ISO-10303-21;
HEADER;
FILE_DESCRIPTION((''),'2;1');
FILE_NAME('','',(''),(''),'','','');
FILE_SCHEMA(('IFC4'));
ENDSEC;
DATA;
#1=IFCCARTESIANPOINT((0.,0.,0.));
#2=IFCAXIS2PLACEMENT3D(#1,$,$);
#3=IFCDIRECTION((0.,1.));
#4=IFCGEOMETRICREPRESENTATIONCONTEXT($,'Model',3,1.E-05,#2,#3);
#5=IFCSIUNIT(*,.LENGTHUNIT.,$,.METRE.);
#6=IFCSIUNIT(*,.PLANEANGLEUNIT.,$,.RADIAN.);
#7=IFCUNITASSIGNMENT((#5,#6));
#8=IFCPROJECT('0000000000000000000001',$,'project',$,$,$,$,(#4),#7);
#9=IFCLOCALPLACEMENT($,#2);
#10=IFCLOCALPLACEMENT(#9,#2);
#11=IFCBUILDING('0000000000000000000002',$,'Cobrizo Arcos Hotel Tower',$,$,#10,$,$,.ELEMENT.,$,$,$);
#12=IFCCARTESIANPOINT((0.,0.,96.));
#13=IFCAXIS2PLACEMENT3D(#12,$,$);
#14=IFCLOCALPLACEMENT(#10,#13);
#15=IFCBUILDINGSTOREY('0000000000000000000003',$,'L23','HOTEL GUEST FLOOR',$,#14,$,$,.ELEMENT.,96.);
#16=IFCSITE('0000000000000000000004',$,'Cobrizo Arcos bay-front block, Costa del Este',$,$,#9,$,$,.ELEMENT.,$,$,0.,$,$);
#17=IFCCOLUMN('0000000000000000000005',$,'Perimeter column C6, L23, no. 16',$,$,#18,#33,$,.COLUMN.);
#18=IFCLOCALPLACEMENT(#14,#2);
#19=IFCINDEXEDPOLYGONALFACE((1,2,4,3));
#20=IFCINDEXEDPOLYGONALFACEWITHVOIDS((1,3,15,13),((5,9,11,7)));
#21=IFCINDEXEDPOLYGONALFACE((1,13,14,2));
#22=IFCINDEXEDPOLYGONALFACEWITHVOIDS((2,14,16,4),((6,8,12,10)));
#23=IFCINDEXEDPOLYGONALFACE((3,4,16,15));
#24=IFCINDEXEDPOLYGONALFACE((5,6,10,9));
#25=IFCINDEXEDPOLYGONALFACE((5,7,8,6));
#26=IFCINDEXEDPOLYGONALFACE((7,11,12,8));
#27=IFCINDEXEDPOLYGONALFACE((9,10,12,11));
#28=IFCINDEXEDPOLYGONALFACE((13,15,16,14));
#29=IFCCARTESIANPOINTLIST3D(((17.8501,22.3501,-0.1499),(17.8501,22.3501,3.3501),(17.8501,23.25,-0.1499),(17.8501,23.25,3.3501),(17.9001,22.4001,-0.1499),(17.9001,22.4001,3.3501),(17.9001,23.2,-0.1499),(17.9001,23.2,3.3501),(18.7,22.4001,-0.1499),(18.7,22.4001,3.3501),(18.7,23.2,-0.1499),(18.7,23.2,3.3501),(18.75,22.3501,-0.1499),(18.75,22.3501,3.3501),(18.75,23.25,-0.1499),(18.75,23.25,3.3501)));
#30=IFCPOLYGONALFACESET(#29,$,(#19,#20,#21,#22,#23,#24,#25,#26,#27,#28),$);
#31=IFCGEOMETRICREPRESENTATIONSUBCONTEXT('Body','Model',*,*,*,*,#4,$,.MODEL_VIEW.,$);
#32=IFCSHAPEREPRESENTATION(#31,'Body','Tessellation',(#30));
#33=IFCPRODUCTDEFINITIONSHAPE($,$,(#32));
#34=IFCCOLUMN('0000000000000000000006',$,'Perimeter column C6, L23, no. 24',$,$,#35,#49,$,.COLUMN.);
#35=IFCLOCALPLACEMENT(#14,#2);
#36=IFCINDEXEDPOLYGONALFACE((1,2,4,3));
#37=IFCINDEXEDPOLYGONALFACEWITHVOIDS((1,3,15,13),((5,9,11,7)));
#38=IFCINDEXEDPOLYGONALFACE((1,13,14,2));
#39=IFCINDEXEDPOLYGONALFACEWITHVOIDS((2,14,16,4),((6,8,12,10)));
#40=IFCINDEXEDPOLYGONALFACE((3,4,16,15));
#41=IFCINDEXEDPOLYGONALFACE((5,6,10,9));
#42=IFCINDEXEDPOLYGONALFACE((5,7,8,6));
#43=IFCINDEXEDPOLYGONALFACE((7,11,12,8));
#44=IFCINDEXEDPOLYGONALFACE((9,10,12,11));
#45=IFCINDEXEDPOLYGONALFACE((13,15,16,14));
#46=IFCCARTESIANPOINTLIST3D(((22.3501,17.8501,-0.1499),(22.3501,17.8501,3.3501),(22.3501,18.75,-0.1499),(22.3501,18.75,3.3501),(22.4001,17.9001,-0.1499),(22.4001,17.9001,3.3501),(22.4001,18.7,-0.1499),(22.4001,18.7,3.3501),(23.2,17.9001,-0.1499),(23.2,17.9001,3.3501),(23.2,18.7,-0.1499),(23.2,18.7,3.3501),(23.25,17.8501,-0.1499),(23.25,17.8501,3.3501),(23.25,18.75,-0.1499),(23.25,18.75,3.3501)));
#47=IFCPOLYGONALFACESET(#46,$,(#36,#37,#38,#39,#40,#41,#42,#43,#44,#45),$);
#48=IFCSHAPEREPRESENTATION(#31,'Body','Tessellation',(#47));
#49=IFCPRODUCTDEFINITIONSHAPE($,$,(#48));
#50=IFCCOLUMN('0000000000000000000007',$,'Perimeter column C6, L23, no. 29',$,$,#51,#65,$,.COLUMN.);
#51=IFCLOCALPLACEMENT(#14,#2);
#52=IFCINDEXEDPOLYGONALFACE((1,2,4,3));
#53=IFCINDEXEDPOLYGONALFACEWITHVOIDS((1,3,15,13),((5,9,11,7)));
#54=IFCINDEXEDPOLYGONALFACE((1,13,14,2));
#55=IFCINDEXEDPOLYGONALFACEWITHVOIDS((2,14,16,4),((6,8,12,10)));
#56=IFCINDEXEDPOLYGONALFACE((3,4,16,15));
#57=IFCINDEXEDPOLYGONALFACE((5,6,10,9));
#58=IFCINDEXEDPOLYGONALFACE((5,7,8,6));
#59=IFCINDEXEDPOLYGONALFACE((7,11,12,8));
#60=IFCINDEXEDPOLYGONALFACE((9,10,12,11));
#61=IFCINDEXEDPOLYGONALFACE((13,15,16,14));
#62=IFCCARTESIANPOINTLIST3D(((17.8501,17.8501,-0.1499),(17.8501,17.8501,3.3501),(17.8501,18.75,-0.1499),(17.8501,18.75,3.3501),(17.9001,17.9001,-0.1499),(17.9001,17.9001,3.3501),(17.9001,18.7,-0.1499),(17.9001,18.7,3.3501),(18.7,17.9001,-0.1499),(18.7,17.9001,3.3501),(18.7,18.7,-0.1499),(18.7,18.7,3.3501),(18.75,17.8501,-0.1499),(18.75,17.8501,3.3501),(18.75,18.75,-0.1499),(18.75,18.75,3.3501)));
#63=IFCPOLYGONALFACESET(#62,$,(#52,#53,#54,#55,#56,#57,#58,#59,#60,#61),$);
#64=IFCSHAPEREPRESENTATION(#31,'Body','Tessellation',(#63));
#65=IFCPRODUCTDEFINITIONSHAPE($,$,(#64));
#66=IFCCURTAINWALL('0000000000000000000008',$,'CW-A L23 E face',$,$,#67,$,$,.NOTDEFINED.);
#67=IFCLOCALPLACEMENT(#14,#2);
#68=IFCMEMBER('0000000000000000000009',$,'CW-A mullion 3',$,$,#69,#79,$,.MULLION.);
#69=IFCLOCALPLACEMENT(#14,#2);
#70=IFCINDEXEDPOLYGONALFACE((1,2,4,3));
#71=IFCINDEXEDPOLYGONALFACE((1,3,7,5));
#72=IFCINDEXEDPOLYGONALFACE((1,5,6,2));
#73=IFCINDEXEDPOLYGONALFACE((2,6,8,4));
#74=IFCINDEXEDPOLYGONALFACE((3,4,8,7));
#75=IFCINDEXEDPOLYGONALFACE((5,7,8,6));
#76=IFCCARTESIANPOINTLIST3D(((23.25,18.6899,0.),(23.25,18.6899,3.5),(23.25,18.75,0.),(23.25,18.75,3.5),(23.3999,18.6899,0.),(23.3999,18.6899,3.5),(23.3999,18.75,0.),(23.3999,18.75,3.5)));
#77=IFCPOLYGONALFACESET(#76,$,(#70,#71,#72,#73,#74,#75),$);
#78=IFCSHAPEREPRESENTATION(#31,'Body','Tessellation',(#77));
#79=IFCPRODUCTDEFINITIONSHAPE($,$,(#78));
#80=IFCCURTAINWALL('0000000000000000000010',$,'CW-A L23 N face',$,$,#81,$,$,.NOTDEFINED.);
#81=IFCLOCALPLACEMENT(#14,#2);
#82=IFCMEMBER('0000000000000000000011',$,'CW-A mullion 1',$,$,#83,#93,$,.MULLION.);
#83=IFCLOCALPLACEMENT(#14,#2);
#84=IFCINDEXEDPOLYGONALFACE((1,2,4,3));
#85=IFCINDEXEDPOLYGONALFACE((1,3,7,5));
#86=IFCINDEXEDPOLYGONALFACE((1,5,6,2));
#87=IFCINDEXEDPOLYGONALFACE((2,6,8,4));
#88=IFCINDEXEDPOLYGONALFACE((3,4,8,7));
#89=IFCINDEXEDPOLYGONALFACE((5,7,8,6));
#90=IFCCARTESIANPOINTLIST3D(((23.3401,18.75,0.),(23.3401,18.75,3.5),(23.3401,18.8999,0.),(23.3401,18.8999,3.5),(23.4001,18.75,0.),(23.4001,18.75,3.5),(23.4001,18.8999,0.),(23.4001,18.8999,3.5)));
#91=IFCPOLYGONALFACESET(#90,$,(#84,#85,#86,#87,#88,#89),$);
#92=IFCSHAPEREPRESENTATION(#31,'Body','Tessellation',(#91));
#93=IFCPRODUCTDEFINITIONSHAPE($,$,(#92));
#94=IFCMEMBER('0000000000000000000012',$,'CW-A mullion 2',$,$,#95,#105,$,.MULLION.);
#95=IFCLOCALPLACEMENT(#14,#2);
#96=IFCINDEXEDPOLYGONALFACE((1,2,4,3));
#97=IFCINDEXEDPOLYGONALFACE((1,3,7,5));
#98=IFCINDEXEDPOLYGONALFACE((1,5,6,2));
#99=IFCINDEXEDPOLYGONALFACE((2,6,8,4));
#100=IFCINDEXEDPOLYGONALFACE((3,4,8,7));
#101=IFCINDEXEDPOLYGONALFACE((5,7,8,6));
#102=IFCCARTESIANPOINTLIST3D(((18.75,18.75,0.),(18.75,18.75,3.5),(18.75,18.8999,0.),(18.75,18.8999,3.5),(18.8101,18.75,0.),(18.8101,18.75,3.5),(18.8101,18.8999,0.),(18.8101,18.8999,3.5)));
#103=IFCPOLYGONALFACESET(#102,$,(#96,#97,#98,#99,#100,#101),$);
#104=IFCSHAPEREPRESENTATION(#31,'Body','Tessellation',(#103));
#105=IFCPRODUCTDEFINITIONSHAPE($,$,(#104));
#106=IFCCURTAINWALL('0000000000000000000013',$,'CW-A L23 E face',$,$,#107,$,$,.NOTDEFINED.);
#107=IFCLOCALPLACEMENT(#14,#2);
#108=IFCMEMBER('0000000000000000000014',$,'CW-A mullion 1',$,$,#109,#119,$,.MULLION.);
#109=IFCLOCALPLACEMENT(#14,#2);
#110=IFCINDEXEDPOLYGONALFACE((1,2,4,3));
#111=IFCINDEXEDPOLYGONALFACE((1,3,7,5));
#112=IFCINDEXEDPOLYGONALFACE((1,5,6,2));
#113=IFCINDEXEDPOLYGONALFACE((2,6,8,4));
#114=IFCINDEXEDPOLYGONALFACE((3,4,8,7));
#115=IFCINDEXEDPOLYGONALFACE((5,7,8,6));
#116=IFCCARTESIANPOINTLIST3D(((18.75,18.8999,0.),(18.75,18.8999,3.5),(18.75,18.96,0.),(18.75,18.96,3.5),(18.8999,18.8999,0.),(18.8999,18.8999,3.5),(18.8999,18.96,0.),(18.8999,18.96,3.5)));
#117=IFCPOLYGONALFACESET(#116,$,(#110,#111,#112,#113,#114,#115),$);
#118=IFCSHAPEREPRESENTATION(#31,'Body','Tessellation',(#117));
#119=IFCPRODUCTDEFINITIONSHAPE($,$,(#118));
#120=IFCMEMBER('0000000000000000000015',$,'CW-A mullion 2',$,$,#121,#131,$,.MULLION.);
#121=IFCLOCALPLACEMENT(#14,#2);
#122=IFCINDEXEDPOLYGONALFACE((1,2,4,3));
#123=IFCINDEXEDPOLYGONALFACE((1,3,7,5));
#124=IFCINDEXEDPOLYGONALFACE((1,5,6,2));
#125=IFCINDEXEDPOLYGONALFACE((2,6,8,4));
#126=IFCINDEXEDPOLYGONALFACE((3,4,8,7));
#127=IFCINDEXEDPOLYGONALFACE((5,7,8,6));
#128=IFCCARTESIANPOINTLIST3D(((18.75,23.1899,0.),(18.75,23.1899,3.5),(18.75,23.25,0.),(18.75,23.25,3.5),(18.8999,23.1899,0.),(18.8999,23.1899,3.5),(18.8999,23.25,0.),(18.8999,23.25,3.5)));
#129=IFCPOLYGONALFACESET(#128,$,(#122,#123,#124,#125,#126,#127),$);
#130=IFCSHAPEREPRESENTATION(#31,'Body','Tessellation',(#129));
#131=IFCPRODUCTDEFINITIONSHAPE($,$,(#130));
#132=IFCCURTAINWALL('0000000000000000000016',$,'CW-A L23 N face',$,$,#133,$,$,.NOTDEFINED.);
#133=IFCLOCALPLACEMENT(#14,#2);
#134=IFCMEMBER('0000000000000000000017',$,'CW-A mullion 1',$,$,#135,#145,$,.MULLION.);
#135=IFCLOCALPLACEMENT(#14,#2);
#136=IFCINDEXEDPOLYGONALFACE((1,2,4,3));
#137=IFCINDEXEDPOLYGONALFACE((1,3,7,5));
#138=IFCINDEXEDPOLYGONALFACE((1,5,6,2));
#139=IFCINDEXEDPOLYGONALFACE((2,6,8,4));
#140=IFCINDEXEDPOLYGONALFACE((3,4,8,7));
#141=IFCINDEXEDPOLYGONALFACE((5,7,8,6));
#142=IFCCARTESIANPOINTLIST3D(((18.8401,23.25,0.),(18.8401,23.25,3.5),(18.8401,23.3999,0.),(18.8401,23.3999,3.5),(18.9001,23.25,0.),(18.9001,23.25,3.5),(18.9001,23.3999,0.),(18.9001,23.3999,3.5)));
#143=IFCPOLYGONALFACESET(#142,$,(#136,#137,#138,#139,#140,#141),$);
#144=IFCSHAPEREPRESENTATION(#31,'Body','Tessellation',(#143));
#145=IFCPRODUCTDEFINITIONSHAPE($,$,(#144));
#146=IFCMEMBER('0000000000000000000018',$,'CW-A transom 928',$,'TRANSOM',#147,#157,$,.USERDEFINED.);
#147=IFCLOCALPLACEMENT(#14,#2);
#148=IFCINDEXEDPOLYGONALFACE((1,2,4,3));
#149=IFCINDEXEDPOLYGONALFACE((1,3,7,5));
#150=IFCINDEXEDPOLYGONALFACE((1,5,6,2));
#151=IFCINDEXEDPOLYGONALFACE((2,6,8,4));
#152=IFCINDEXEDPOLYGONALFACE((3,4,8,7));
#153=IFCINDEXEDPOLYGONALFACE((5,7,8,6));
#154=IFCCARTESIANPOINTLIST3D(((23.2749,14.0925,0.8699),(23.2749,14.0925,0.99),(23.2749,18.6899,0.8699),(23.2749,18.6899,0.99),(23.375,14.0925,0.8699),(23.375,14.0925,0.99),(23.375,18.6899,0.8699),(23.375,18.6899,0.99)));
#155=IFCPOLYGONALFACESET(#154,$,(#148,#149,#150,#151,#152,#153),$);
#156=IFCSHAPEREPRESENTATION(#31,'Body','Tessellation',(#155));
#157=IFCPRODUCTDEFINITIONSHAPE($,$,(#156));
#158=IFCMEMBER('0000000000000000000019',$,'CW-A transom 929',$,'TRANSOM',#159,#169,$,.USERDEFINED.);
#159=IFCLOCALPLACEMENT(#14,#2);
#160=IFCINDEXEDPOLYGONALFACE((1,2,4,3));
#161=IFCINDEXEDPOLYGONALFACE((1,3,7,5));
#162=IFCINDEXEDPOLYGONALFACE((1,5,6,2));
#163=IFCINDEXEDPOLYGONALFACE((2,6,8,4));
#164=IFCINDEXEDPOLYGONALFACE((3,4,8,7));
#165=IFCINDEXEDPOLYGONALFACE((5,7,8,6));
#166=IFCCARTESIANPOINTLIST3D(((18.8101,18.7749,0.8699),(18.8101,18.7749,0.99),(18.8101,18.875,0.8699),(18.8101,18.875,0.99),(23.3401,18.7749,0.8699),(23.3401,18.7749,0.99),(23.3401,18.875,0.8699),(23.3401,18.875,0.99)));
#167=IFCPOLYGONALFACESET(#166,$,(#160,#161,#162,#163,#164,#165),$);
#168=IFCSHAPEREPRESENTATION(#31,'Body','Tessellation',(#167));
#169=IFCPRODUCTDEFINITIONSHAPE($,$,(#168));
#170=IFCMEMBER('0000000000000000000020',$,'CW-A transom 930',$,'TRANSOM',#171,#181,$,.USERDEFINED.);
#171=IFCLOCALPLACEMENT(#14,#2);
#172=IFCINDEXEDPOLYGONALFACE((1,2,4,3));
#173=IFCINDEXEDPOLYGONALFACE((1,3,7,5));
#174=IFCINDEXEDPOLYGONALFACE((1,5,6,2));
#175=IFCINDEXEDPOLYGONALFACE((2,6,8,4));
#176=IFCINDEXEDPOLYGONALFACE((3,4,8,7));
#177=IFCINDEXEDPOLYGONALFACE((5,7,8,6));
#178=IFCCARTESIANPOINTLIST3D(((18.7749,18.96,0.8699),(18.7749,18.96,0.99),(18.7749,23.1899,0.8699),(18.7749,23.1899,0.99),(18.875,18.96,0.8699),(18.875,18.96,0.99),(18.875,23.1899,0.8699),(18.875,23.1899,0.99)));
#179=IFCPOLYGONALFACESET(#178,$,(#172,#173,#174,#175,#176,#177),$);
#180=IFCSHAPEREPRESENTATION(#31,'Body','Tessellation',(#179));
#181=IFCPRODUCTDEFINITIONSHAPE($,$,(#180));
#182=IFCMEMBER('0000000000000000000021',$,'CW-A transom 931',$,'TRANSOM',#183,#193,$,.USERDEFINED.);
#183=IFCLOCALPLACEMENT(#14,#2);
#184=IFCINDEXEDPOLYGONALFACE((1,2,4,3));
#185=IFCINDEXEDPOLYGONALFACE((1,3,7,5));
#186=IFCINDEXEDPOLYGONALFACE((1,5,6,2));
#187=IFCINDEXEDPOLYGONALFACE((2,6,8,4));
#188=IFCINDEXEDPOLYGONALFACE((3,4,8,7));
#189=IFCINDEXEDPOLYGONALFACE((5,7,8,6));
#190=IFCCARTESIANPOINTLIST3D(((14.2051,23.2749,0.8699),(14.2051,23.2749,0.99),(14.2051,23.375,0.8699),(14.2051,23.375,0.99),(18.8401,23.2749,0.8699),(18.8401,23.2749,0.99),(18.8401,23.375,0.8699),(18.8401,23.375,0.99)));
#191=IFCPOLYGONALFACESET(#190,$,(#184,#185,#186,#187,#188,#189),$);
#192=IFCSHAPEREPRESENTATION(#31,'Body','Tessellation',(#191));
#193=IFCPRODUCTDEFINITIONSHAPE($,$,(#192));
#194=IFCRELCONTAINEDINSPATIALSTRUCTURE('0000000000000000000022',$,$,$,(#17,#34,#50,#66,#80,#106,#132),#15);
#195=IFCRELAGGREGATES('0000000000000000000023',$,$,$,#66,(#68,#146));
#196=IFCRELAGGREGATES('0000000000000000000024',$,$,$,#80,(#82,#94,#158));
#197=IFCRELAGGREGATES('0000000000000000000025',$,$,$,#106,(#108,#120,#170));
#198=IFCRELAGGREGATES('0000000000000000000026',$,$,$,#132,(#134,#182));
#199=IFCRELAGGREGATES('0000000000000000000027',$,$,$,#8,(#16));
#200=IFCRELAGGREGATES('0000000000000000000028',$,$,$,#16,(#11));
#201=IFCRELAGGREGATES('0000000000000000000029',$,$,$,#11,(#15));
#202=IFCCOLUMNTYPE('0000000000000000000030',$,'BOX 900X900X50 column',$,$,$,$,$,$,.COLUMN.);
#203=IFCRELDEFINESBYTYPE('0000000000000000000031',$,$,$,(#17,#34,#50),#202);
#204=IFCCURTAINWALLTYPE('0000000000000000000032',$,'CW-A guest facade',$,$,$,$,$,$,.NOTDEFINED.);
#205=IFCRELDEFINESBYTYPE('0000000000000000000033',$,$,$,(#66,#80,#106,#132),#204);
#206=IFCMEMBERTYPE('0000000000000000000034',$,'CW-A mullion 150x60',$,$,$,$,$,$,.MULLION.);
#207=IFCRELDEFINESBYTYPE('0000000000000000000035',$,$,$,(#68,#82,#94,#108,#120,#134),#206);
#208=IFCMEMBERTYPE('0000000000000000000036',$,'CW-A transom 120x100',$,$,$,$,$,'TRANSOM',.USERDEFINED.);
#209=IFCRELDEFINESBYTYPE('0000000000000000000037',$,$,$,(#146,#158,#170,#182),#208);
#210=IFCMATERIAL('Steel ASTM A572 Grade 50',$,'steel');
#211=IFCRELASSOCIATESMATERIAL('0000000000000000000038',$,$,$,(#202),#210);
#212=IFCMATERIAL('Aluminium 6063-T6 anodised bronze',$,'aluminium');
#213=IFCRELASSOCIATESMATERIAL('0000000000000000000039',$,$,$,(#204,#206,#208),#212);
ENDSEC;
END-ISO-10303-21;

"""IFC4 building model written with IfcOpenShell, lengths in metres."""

from ifc_helpers import new_model, si_unit, direction, frame, origin, origin_2d, place, context, subcontext, project, spatial, rectangle, hollow_rectangle, extrude, material, material_profile, profile_set, type_object, element, aggregate, save


model = new_model("IFC4")

# Units and contexts
model_context = context("Model", 3, precision=1e-05, world=origin(), true_north=direction((0.0, 1.0)))
body_context = subcontext(model_context, "Body", "Model", "MODEL_VIEW")
ifc_project = project(units=[si_unit("LENGTHUNIT", "METRE"), si_unit("PLANEANGLEUNIT", "RADIAN")], contexts=[model_context])

# Site, building, storey
site_placement = place(None, origin())
site = spatial("IfcSite", under=ifc_project, at=site_placement, Name="Cobrizo Arcos bay-front block, Costa del Este", CompositionType="ELEMENT", RefElevation=0.0)
building_placement = place(site_placement, origin())
building = spatial("IfcBuilding", under=site, at=building_placement, Name="Cobrizo Arcos Hotel Tower", CompositionType="ELEMENT")
storey_placement = place(building_placement, frame((0.0, 0.0, 96.0)))
storey = spatial("IfcBuildingStorey", under=building, at=storey_placement, Name="L23", Description="HOTEL GUEST FLOOR", CompositionType="ELEMENT", Elevation=96.0)

# Columns
ifc_material_1 = material(Name="Steel ASTM A572 Grade 50", Category="steel")
ifc_material_profile_1 = material_profile(ifc_material_1, hollow_rectangle(XDim=0.8999, YDim=0.8999, WallThickness=0.05, at=origin_2d()), Name="BOX 900X900X50")
ifc_profile_set_1 = profile_set([ifc_material_profile_1], Name="Steel ASTM A572 Grade 50")
column_type = type_object("IfcColumnType", Name="BOX 900X900X50 column", PredefinedType="COLUMN", material=ifc_profile_set_1)
for number, where, z_axis, x_axis, name in (
    (1, (18.3, 22.8, -0.1499), (0.0, 0.0, 1.0), (1.0, 0.0, 0.0), "Perimeter column C6, L23, no. 16"),
    (2, (22.8, 18.3, -0.1499), (0.0, 0.0, 1.0), (1.0, 0.0, 0.0), "Perimeter column C6, L23, no. 24"),
    (3, (18.3, 18.3, -0.1499), (0.0, 0.0, 1.0), (1.0, 0.0, 0.0), "Perimeter column C6, L23, no. 29"),
):
    element("IfcColumn", number, at=place(storey_placement, frame(where, z_axis=z_axis, x_axis=x_axis)), inside=storey, type_object=column_type, Name=name, PredefinedType="COLUMN", context=body_context, shape_type="SweptSolid", body=[
        extrude(hollow_rectangle(XDim=0.8999, YDim=0.8999, WallThickness=0.05, at=origin_2d()), origin(), (0.0, 0.0, 1.0), 3.5),
    ])

# Curtain wall, member
ifc_material_2 = material(Name="Aluminium 6063-T6 anodised bronze", Category="aluminium")
curtain_wall_type = type_object("IfcCurtainWallType", Name="CW-A guest facade", PredefinedType="NOTDEFINED", material=ifc_material_2)
curtain_wall_1_placement = place(storey_placement, origin())
curtain_wall_1 = element("IfcCurtainWall", 4, at=curtain_wall_1_placement, inside=storey, type_object=curtain_wall_type, Name="CW-A L23 E face", PredefinedType="NOTDEFINED")
ifc_material_profile_2 = material_profile(ifc_material_2, rectangle(XDim=0.1499, YDim=0.0601, at=origin_2d()), Name="CW-A mullion 150x60")
ifc_profile_set_2 = profile_set([ifc_material_profile_2], Name="Aluminium 6063-T6 anodised bronze")
member_type_1 = type_object("IfcMemberType", Name="CW-A mullion 150x60", PredefinedType="MULLION", material=ifc_profile_set_2)
member_1_placement = place(storey_placement, frame((23.325, 18.72, 0.0), z_axis=(0.0, 0.0, 1.0), x_axis=(1.0, 0.0, 0.0)))
member_1 = element("IfcMember", 5, at=member_1_placement, type_object=member_type_1, Name="CW-A mullion 3", PredefinedType="MULLION", context=body_context, shape_type="SweptSolid", body=[
    extrude(rectangle(XDim=0.1499, YDim=0.0601, at=origin_2d()), origin(), (0.0, 0.0, 1.0), 3.5),
])

# Curtain walls, members
curtain_wall_2_placement = place(storey_placement, origin())
curtain_wall_2 = element("IfcCurtainWall", 6, at=curtain_wall_2_placement, inside=storey, type_object=curtain_wall_type, Name="CW-A L23 N face", PredefinedType="NOTDEFINED")
member_2_placement = place(storey_placement, frame((23.3701, 18.825, 0.0), z_axis=(0.0, 0.0, 1.0), x_axis=(0.0, 1.0, 0.0)))
member_2 = element("IfcMember", 7, at=member_2_placement, type_object=member_type_1, Name="CW-A mullion 1", PredefinedType="MULLION", context=body_context, shape_type="SweptSolid", body=[
    extrude(rectangle(XDim=0.1499, YDim=0.0601, at=origin_2d()), origin(), (0.0, 0.0, 1.0), 3.5),
])
member_3_placement = place(storey_placement, frame((18.78, 18.825, 0.0), z_axis=(0.0, 0.0, 1.0), x_axis=(0.0, 1.0, 0.0)))
member_3 = element("IfcMember", 8, at=member_3_placement, type_object=member_type_1, Name="CW-A mullion 2", PredefinedType="MULLION", context=body_context, shape_type="SweptSolid", body=[
    extrude(rectangle(XDim=0.1499, YDim=0.0601, at=origin_2d()), origin(), (0.0, 0.0, 1.0), 3.5),
])
curtain_wall_3_placement = place(storey_placement, origin())
curtain_wall_3 = element("IfcCurtainWall", 9, at=curtain_wall_3_placement, inside=storey, type_object=curtain_wall_type, Name="CW-A L23 E face", PredefinedType="NOTDEFINED")
member_4_placement = place(storey_placement, frame((18.825, 18.9299, 0.0), z_axis=(0.0, 0.0, 1.0), x_axis=(1.0, 0.0, 0.0)))
member_4 = element("IfcMember", 10, at=member_4_placement, type_object=member_type_1, Name="CW-A mullion 1", PredefinedType="MULLION", context=body_context, shape_type="SweptSolid", body=[
    extrude(rectangle(XDim=0.1499, YDim=0.0601, at=origin_2d()), origin(), (0.0, 0.0, 1.0), 3.5),
])
member_5_placement = place(storey_placement, frame((18.825, 23.22, 0.0), z_axis=(0.0, 0.0, 1.0), x_axis=(1.0, 0.0, 0.0)))
member_5 = element("IfcMember", 11, at=member_5_placement, type_object=member_type_1, Name="CW-A mullion 2", PredefinedType="MULLION", context=body_context, shape_type="SweptSolid", body=[
    extrude(rectangle(XDim=0.1499, YDim=0.0601, at=origin_2d()), origin(), (0.0, 0.0, 1.0), 3.5),
])

# Curtain wall, member
curtain_wall_4_placement = place(storey_placement, origin())
curtain_wall_4 = element("IfcCurtainWall", 12, at=curtain_wall_4_placement, inside=storey, type_object=curtain_wall_type, Name="CW-A L23 N face", PredefinedType="NOTDEFINED")
member_6_placement = place(storey_placement, frame((18.8701, 23.325, 0.0), z_axis=(0.0, 0.0, 1.0), x_axis=(0.0, 1.0, 0.0)))
member_6 = element("IfcMember", 13, at=member_6_placement, type_object=member_type_1, Name="CW-A mullion 1", PredefinedType="MULLION", context=body_context, shape_type="SweptSolid", body=[
    extrude(rectangle(XDim=0.1499, YDim=0.0601, at=origin_2d()), origin(), (0.0, 0.0, 1.0), 3.5),
])

# Members
ifc_material_profile_3 = material_profile(ifc_material_2, rectangle(XDim=0.1001, YDim=0.1201, at=origin_2d()), Name="CW-A transom 120x100")
ifc_profile_set_3 = profile_set([ifc_material_profile_3], Name="Aluminium 6063-T6 anodised bronze")
member_type_2 = type_object("IfcMemberType", Name="CW-A transom 120x100", ElementType="TRANSOM", PredefinedType="USERDEFINED", material=ifc_profile_set_3)
member_7_placement = place(storey_placement, frame((23.325, 14.0925, 0.9299), z_axis=(0.0, 1.0, 0.0), x_axis=(-1.0, 0.0, 0.0)))
member_7 = element("IfcMember", 14, at=member_7_placement, type_object=member_type_2, Name="CW-A transom 928", ObjectType="TRANSOM", PredefinedType="USERDEFINED", context=body_context, shape_type="SweptSolid", body=[
    extrude(rectangle(XDim=0.1001, YDim=0.1201, at=origin_2d()), origin(), (0.0, 0.0, 1.0), 4.5974),
])
member_8_placement = place(storey_placement, frame((23.3401, 18.825, 0.9299), z_axis=(-1.0, 0.0, 0.0), x_axis=(0.0, -1.0, 0.0)))
member_8 = element("IfcMember", 15, at=member_8_placement, type_object=member_type_2, Name="CW-A transom 929", ObjectType="TRANSOM", PredefinedType="USERDEFINED", context=body_context, shape_type="SweptSolid", body=[
    extrude(rectangle(XDim=0.1001, YDim=0.1201, at=origin_2d()), origin(), (0.0, 0.0, 1.0), 4.53),
])
member_9_placement = place(storey_placement, frame((18.825, 18.96, 0.9299), z_axis=(0.0, 1.0, 0.0), x_axis=(-1.0, 0.0, 0.0)))
member_9 = element("IfcMember", 16, at=member_9_placement, type_object=member_type_2, Name="CW-A transom 930", ObjectType="TRANSOM", PredefinedType="USERDEFINED", context=body_context, shape_type="SweptSolid", body=[
    extrude(rectangle(XDim=0.1001, YDim=0.1201, at=origin_2d()), origin(), (0.0, 0.0, 1.0), 4.23),
])
member_10_placement = place(storey_placement, frame((18.8401, 23.325, 0.9299), z_axis=(-1.0, 0.0, 0.0), x_axis=(0.0, -1.0, 0.0)))
member_10 = element("IfcMember", 17, at=member_10_placement, type_object=member_type_2, Name="CW-A transom 931", ObjectType="TRANSOM", PredefinedType="USERDEFINED", context=body_context, shape_type="SweptSolid", body=[
    extrude(rectangle(XDim=0.1001, YDim=0.1201, at=origin_2d()), origin(), (0.0, 0.0, 1.0), 4.635),
])

aggregate(curtain_wall_1, [member_1, member_7])
aggregate(curtain_wall_2, [member_2, member_3, member_8])
aggregate(curtain_wall_3, [member_4, member_5, member_9])
aggregate(curtain_wall_4, [member_6, member_10])

save(model, "model.ifc")
